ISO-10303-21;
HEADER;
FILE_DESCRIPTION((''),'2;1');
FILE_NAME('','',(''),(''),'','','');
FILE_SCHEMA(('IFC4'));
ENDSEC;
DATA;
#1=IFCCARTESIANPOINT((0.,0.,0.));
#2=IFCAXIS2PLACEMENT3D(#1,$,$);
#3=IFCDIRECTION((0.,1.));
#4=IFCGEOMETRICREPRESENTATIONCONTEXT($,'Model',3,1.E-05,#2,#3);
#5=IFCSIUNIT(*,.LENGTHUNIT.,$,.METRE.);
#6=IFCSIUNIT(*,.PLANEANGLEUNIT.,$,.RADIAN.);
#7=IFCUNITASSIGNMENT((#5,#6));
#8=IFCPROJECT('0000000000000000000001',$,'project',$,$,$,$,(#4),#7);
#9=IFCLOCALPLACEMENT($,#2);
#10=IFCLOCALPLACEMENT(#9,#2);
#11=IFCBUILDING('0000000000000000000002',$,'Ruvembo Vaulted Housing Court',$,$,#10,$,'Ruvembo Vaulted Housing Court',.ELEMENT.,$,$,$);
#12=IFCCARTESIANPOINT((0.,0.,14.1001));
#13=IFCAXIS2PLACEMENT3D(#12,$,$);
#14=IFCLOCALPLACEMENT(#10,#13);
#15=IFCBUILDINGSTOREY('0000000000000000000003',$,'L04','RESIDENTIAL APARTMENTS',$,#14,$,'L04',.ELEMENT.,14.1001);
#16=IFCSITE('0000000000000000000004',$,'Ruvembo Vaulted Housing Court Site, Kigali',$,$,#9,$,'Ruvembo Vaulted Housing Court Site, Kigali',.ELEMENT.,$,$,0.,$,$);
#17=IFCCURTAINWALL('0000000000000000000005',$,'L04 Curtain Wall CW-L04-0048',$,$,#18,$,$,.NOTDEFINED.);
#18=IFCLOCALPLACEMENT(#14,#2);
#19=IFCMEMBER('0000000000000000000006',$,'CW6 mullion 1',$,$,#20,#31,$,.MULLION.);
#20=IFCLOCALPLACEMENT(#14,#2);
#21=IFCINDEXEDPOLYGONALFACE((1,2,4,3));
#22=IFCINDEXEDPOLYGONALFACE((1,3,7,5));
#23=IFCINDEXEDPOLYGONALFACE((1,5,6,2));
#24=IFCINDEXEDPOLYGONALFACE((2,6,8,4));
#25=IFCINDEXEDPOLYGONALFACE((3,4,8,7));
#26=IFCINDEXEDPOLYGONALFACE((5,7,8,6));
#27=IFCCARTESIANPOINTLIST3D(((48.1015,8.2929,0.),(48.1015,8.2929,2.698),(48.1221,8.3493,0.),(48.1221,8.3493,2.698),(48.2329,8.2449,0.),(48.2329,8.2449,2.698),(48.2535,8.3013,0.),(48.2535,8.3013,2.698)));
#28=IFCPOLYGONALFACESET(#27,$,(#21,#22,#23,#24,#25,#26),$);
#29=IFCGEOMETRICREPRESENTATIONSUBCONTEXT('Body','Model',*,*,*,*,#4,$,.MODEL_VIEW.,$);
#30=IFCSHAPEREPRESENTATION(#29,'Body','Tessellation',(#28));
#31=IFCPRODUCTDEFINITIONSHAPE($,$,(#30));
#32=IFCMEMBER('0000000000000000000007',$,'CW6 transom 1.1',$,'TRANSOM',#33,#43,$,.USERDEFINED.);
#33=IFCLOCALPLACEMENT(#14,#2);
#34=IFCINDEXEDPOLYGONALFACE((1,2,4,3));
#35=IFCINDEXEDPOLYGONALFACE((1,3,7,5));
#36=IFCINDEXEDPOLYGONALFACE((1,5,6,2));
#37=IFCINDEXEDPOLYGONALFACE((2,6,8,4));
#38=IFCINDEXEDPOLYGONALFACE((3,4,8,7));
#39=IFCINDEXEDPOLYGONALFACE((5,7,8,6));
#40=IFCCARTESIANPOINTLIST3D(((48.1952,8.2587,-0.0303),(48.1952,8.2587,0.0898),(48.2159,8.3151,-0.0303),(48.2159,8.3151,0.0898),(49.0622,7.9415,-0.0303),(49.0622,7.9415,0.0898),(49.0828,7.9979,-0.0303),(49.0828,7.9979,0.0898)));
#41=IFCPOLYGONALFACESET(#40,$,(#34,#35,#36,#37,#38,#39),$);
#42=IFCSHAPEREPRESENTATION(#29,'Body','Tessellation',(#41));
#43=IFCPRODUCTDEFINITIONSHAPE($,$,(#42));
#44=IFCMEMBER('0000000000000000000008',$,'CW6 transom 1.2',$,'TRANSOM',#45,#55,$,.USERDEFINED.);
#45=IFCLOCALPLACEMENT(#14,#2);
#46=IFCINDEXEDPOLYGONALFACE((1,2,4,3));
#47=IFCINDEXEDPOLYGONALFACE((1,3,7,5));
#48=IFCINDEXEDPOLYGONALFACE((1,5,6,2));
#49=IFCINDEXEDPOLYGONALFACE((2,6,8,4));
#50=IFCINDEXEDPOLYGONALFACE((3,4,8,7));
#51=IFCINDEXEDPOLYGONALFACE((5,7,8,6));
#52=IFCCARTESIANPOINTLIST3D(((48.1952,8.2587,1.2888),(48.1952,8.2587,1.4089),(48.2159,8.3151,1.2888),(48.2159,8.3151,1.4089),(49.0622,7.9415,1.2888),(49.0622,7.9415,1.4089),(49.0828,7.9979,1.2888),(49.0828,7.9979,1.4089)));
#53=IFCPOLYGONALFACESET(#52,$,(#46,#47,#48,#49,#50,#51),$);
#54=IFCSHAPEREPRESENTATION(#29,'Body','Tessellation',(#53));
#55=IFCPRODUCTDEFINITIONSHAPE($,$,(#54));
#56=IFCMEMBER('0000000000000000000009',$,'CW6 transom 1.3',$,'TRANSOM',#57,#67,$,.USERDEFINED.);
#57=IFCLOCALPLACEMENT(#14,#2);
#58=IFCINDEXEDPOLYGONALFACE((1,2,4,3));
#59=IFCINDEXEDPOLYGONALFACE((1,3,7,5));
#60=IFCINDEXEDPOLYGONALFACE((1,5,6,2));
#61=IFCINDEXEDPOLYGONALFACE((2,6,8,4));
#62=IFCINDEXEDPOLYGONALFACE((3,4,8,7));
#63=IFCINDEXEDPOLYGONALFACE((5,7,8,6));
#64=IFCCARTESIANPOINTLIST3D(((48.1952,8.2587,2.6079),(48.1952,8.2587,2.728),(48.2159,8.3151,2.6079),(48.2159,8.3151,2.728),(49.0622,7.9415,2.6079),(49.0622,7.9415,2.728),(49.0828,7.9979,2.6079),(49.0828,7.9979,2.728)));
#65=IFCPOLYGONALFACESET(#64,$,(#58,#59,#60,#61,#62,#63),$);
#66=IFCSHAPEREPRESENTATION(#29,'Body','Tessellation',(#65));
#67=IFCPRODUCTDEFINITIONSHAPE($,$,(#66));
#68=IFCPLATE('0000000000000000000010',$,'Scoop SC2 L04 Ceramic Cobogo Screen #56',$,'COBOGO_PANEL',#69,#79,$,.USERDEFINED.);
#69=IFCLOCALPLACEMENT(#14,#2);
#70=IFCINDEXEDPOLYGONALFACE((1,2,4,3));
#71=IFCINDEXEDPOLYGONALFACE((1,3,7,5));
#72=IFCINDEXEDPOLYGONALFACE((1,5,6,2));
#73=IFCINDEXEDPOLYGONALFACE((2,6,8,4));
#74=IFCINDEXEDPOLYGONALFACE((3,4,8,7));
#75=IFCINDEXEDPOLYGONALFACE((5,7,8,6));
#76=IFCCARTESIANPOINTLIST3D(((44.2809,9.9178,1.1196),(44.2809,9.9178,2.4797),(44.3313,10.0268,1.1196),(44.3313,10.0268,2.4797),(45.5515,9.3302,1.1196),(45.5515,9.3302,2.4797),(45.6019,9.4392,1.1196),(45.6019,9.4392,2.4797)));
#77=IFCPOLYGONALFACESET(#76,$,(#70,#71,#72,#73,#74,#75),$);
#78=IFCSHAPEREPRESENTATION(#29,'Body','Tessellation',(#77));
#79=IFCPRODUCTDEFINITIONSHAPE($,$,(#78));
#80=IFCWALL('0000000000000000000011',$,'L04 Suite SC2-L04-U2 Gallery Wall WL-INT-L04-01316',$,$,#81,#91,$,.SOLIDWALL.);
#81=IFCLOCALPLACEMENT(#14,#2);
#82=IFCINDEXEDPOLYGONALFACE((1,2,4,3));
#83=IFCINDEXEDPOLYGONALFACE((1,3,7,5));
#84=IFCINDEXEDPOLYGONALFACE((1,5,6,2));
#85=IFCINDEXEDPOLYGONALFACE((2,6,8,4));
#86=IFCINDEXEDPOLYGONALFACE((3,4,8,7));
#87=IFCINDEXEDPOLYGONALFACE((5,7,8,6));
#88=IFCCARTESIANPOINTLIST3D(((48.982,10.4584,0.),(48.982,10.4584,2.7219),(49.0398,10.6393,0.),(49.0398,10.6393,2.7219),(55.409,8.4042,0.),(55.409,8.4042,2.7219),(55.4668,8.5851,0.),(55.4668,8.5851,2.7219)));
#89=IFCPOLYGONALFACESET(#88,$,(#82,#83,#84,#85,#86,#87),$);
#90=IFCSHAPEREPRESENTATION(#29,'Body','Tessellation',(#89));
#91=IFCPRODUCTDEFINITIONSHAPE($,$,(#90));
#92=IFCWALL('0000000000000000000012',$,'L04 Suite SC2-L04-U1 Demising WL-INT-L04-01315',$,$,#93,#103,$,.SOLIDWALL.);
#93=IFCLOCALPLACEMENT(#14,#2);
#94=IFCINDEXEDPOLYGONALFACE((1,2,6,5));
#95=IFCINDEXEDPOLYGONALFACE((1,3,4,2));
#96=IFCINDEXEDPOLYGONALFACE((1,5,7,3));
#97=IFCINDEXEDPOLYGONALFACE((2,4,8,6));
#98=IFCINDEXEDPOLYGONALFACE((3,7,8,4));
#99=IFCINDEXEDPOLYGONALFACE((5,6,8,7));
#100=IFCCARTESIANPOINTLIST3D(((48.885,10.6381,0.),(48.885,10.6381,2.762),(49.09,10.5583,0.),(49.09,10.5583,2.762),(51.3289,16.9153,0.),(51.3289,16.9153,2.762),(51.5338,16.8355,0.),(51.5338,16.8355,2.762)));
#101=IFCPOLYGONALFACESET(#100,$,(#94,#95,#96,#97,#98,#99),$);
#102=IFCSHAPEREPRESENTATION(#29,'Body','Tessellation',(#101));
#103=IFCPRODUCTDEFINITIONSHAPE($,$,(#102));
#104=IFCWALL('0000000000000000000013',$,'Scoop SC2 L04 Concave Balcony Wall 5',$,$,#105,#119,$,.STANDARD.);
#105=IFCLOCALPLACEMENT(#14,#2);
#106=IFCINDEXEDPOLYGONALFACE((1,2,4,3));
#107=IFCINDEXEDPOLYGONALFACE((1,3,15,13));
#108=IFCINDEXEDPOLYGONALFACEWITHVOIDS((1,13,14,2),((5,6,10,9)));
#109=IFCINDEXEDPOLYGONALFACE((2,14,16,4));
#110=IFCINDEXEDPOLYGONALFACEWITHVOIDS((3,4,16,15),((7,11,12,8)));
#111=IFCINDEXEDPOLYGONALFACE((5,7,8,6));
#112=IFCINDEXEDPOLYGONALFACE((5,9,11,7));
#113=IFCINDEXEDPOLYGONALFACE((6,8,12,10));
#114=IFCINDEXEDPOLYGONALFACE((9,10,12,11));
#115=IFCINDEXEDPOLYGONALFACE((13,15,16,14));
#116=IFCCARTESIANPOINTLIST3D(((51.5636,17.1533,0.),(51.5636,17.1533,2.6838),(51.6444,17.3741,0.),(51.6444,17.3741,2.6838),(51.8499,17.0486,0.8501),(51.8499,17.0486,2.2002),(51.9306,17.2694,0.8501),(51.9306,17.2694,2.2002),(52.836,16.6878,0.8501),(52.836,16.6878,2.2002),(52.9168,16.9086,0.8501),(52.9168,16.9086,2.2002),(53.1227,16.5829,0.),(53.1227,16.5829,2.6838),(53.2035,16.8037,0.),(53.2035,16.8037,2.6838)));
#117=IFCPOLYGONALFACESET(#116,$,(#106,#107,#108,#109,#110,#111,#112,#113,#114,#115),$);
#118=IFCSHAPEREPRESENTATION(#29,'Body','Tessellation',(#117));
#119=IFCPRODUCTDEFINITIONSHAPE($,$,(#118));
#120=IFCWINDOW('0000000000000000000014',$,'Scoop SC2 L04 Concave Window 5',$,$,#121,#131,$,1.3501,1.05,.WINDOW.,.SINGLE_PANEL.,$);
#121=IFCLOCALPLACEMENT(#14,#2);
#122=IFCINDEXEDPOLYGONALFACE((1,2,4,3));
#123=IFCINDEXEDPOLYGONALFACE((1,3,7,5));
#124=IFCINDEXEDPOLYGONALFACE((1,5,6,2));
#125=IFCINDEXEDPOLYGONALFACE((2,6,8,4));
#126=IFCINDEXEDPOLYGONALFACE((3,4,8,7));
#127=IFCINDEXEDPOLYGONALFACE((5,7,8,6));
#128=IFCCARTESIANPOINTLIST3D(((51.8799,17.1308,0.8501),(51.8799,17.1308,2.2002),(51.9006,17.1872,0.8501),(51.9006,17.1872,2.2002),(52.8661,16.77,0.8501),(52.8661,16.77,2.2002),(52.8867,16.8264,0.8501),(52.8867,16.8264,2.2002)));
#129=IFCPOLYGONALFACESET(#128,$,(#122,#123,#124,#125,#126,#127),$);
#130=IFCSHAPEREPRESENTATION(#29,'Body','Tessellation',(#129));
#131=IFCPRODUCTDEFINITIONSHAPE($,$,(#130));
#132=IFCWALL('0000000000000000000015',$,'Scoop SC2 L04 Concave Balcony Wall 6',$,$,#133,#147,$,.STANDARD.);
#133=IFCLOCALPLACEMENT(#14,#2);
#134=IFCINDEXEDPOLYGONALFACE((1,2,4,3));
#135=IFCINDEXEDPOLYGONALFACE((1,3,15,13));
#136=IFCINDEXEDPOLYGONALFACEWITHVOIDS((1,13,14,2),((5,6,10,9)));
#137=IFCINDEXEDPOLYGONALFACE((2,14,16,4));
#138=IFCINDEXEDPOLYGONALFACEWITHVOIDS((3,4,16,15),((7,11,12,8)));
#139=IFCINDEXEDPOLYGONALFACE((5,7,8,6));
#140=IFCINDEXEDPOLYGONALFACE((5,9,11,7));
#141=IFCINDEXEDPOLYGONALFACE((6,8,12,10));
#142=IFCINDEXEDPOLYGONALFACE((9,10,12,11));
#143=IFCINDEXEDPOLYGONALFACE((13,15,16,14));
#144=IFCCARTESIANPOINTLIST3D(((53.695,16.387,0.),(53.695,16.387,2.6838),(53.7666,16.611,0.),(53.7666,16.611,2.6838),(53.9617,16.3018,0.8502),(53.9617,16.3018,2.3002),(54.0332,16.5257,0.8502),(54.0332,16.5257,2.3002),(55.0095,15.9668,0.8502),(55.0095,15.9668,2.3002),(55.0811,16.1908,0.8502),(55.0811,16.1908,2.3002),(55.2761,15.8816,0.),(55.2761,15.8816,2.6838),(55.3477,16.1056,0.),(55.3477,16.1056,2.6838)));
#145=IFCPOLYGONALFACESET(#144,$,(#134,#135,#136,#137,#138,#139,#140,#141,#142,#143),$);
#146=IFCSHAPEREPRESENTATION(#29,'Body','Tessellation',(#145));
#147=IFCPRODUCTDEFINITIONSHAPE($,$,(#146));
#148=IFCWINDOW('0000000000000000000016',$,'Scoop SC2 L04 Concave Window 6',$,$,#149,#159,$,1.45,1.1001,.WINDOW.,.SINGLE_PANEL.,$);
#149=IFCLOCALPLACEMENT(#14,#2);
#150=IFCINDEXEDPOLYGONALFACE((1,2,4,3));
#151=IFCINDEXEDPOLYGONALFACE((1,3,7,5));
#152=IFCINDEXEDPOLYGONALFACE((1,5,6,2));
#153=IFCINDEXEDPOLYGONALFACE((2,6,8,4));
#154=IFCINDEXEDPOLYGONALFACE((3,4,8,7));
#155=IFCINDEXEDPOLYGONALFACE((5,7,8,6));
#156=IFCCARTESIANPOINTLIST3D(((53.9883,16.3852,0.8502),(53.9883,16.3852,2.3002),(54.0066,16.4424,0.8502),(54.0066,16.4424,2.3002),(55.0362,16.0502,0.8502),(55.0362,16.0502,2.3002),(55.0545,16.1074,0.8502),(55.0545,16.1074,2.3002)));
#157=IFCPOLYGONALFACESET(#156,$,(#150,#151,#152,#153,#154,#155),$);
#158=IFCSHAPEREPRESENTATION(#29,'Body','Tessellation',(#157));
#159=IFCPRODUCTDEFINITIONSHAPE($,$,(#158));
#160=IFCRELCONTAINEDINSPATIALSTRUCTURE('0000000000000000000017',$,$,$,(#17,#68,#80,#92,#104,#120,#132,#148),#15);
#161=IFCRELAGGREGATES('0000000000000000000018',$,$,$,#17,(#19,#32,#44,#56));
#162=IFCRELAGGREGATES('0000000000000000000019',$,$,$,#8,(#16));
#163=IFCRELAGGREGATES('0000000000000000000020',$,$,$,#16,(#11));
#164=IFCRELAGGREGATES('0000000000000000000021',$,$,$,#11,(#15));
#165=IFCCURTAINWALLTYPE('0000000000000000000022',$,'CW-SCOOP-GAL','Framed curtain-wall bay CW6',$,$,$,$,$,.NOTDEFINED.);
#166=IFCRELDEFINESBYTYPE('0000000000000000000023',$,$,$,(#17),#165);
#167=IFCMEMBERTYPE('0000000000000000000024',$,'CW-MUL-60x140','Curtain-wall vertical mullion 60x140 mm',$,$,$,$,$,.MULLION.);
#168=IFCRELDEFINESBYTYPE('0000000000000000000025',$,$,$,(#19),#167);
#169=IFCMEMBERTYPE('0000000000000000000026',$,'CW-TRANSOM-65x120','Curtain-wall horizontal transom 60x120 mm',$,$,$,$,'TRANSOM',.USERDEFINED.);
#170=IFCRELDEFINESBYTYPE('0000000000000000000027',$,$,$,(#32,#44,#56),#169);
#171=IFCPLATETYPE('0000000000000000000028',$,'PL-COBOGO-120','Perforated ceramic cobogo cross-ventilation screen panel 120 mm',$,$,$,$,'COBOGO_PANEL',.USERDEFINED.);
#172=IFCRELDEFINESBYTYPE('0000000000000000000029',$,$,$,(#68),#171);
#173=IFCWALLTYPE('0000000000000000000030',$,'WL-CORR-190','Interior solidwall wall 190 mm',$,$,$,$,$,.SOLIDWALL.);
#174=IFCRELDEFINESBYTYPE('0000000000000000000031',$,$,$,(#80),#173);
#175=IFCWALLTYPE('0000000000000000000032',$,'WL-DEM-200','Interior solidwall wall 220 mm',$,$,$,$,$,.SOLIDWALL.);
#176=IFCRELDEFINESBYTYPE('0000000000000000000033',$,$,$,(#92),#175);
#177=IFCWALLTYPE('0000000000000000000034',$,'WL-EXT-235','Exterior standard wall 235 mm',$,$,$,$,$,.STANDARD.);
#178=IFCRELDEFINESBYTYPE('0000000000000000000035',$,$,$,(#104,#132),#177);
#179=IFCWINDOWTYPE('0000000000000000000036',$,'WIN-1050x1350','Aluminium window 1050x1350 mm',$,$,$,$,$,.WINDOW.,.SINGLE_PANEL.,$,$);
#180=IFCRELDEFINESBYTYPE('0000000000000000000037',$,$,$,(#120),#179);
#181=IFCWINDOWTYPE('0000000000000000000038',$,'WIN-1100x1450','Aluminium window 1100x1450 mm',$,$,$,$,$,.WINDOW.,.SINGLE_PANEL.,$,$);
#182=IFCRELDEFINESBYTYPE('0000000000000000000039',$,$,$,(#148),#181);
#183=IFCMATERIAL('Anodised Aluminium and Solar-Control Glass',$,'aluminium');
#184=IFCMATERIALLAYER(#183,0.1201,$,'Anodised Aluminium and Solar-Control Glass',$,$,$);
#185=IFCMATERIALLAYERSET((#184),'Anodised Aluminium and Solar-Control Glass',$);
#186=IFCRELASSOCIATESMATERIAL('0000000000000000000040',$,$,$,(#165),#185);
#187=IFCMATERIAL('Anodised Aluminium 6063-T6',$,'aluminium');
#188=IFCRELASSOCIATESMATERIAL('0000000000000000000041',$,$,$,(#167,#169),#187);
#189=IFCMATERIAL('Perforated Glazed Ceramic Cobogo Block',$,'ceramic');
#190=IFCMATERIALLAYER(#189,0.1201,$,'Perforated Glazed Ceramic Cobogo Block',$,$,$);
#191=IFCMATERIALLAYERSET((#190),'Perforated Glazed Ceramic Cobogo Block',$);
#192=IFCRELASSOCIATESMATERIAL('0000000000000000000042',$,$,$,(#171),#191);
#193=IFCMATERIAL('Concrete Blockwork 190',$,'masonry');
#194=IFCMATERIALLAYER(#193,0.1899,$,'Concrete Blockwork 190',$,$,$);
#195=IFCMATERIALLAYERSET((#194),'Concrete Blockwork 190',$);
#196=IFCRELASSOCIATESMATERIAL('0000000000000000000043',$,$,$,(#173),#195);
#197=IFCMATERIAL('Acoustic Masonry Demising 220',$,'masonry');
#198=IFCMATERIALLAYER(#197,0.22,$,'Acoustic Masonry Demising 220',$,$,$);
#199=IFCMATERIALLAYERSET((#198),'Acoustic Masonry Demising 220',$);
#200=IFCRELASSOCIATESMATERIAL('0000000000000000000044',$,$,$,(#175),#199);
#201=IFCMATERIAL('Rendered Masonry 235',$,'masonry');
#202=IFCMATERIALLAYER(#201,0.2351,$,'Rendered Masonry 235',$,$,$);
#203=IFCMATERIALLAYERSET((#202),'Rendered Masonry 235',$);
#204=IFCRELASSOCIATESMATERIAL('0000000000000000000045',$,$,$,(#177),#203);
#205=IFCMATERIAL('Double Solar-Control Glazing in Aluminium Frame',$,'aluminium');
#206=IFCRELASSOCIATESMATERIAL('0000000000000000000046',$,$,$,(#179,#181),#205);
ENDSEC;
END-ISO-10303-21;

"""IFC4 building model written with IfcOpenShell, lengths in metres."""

from ifc_helpers import new_model, si_unit, direction, frame, frame_2d, origin, origin_2d, place, context, subcontext, project, spatial, rectangle, extrude, material, layer, layer_set, material_profile, profile_set, type_object, element, fill, aggregate, save


model = new_model("IFC4")

# Units and contexts
model_context = context("Model", 3, precision=1e-05, world=origin(), true_north=direction((0.0, 1.0)))
body_context = subcontext(model_context, "Body", "Model", "MODEL_VIEW")
ifc_project = project(units=[si_unit("LENGTHUNIT", "METRE"), si_unit("PLANEANGLEUNIT", "RADIAN")], contexts=[model_context])

# Site, building, storey
site_placement = place(None, origin())
site = spatial("IfcSite", under=ifc_project, at=site_placement, Name="Ruvembo Vaulted Housing Court Site, Kigali", LongName="Ruvembo Vaulted Housing Court Site, Kigali", CompositionType="ELEMENT", RefElevation=0.0)
building_placement = place(site_placement, origin())
building = spatial("IfcBuilding", under=site, at=building_placement, Name="Ruvembo Vaulted Housing Court", LongName="Ruvembo Vaulted Housing Court", CompositionType="ELEMENT")
storey_placement = place(building_placement, frame((0.0, 0.0, 14.1001)))
storey = spatial("IfcBuildingStorey", under=building, at=storey_placement, Name="L04", Description="RESIDENTIAL APARTMENTS", LongName="L04", CompositionType="ELEMENT", Elevation=14.1001)

# Curtain wall, members
ifc_material_1 = material(Name="Anodised Aluminium and Solar-Control Glass", Category="aluminium")
ifc_layer_1 = layer(ifc_material_1, 0.1201, Name="Anodised Aluminium and Solar-Control Glass")
ifc_layer_set_1 = layer_set([ifc_layer_1], Name="Anodised Aluminium and Solar-Control Glass")
curtain_wall_type = type_object("IfcCurtainWallType", Name="CW-SCOOP-GAL", Description="Framed curtain-wall bay CW6", PredefinedType="NOTDEFINED", material=ifc_layer_set_1)
curtain_wall_placement = place(storey_placement, origin())
curtain_wall = element("IfcCurtainWall", 1, at=curtain_wall_placement, inside=storey, type_object=curtain_wall_type, Name="L04 Curtain Wall CW-L04-0048", PredefinedType="NOTDEFINED")
ifc_material_2 = material(Name="Anodised Aluminium 6063-T6", Category="aluminium")
ifc_material_profile_1 = material_profile(ifc_material_2, rectangle(XDim=0.0601, YDim=0.1399, at=origin_2d()), Name="ALU 60x140")
ifc_profile_set_1 = profile_set([ifc_material_profile_1], Name="Anodised Aluminium 6063-T6")
member_type_1 = type_object("IfcMemberType", Name="CW-MUL-60x140", Description="Curtain-wall vertical mullion 60x140 mm", PredefinedType="MULLION", material=ifc_profile_set_1)
member_1_placement = place(storey_placement, frame((48.1775, 8.2971, 0.0), z_axis=(0.0, 0.0, 1.0), x_axis=(0.34349, 0.939156, 0.0)))
member_1 = element("IfcMember", 2, at=member_1_placement, type_object=member_type_1, Name="CW6 mullion 1", PredefinedType="MULLION", context=body_context, shape_type="SweptSolid", body=[
    extrude(rectangle(XDim=0.0601, YDim=0.1399, at=origin_2d()), origin(), (0.0, 0.0, 1.0), 2.698),
])
ifc_material_profile_2 = material_profile(ifc_material_2, rectangle(XDim=0.0601, YDim=0.1201, at=origin_2d()), Name="ALU 60x120")
ifc_profile_set_2 = profile_set([ifc_material_profile_2], Name="Anodised Aluminium 6063-T6")
member_type_2 = type_object("IfcMemberType", Name="CW-TRANSOM-65x120", Description="Curtain-wall horizontal transom 60x120 mm", ElementType="TRANSOM", PredefinedType="USERDEFINED", material=ifc_profile_set_2)
member_2_placement = place(storey_placement, frame((48.2056, 8.2869, 0.0298), z_axis=(0.939135, -0.343547, 0.0), x_axis=(0.343547, 0.939135, 0.0)))
member_2 = element("IfcMember", 3, at=member_2_placement, type_object=member_type_2, Name="CW6 transom 1.1", ObjectType="TRANSOM", PredefinedType="USERDEFINED", context=body_context, shape_type="SweptSolid", body=[
    extrude(rectangle(XDim=0.0601, YDim=0.1201, at=origin_2d()), origin(), (0.0, 0.0, 1.0), 0.9231),
])
member_3_placement = place(storey_placement, frame((48.2056, 8.2869, 1.3489), z_axis=(0.939135, -0.343547, 0.0), x_axis=(0.343547, 0.939135, 0.0)))
member_3 = element("IfcMember", 4, at=member_3_placement, type_object=member_type_2, Name="CW6 transom 1.2", ObjectType="TRANSOM", PredefinedType="USERDEFINED", context=body_context, shape_type="SweptSolid", body=[
    extrude(rectangle(XDim=0.0601, YDim=0.1201, at=origin_2d()), origin(), (0.0, 0.0, 1.0), 0.9231),
])
member_4_placement = place(storey_placement, frame((48.2056, 8.2869, 2.668), z_axis=(0.939135, -0.343547, 0.0), x_axis=(0.343547, 0.939135, 0.0)))
member_4 = element("IfcMember", 5, at=member_4_placement, type_object=member_type_2, Name="CW6 transom 1.3", ObjectType="TRANSOM", PredefinedType="USERDEFINED", context=body_context, shape_type="SweptSolid", body=[
    extrude(rectangle(XDim=0.0601, YDim=0.1201, at=origin_2d()), origin(), (0.0, 0.0, 1.0), 0.9231),
])
aggregate(curtain_wall, [member_1, member_2, member_3, member_4])

# Plate
ifc_material_3 = material(Name="Perforated Glazed Ceramic Cobogo Block", Category="ceramic")
ifc_layer_2 = layer(ifc_material_3, 0.1201, Name="Perforated Glazed Ceramic Cobogo Block")
ifc_layer_set_2 = layer_set([ifc_layer_2], Name="Perforated Glazed Ceramic Cobogo Block")
plate_type = type_object("IfcPlateType", Name="PL-COBOGO-120", Description="Perforated ceramic cobogo cross-ventilation screen panel 120 mm", ElementType="COBOGO_PANEL", PredefinedType="USERDEFINED", material=ifc_layer_set_2)
plate_placement = place(storey_placement, frame((44.9414, 9.6785, 1.1196), z_axis=(0.0, 0.0, 1.0), x_axis=(0.907646, -0.419737, 0.0)))
element("IfcPlate", 6, at=plate_placement, inside=storey, type_object=plate_type, Name="Scoop SC2 L04 Ceramic Cobogo Screen #56", ObjectType="COBOGO_PANEL", PredefinedType="USERDEFINED", context=body_context, shape_type="SweptSolid", body=[
    extrude(rectangle(XDim=1.3999, YDim=0.1201, at=origin_2d()), origin(), (0.0, 0.0, 1.0), 1.3601),
])

# Shared definitions
ifc_material_4 = material(Name="Concrete Blockwork 190", Category="masonry")
ifc_layer_3 = layer(ifc_material_4, 0.1899, Name="Concrete Blockwork 190")
ifc_layer_set_3 = layer_set([ifc_layer_3], Name="Concrete Blockwork 190")
wall_type_1 = type_object("IfcWallType", Name="WL-CORR-190", Description="Interior solidwall wall 190 mm", PredefinedType="SOLIDWALL", material=ifc_layer_set_3)

# Walls
wall_1_placement = place(storey_placement, frame((49.011, 10.5488, 0.0), z_axis=(0.0, 0.0, 1.0), x_axis=(0.952529, -0.304447, 0.0)))
element("IfcWall", 7, at=wall_1_placement, inside=storey, type_object=wall_type_1, Name="L04 Suite SC2-L04-U2 Gallery Wall WL-INT-L04-01316", PredefinedType="SOLIDWALL", context=body_context, shape_type="SweptSolid", body=[
    extrude(rectangle(XDim=6.7473, YDim=0.1899, at=frame_2d((3.3735, 0.0))), origin(), (0.0, 0.0, 1.0), 2.7219),
])
ifc_material_5 = material(Name="Acoustic Masonry Demising 220", Category="masonry")
ifc_layer_4 = layer(ifc_material_5, 0.22, Name="Acoustic Masonry Demising 220")
ifc_layer_set_4 = layer_set([ifc_layer_4], Name="Acoustic Masonry Demising 220")
wall_type_2 = type_object("IfcWallType", Name="WL-DEM-200", Description="Interior solidwall wall 220 mm", PredefinedType="SOLIDWALL", material=ifc_layer_set_4)
wall_2_placement = place(storey_placement, frame((51.4314, 16.8755, 0.0), z_axis=(0.0, 0.0, 1.0), x_axis=(-0.362801, -0.931867, 0.0)))
element("IfcWall", 8, at=wall_2_placement, inside=storey, type_object=wall_type_2, Name="L04 Suite SC2-L04-U1 Demising WL-INT-L04-01315", PredefinedType="SOLIDWALL", context=body_context, shape_type="SweptSolid", body=[
    extrude(rectangle(XDim=6.7361, YDim=0.22, at=frame_2d((3.3682, 0.0))), origin(), (0.0, 0.0, 1.0), 2.762),
])

# Walls, openings, windows
ifc_material_6 = material(Name="Rendered Masonry 235", Category="masonry")
ifc_layer_5 = layer(ifc_material_6, 0.2351, Name="Rendered Masonry 235")
ifc_layer_set_5 = layer_set([ifc_layer_5], Name="Rendered Masonry 235")
wall_type_3 = type_object("IfcWallType", Name="WL-EXT-235", Description="Exterior standard wall 235 mm", PredefinedType="STANDARD", material=ifc_layer_set_5)
wall_3_placement = place(storey_placement, frame((51.604, 17.2637, 0.0), z_axis=(0.0, 0.0, 1.0), x_axis=(0.939139, -0.343537, 0.0)))
wall_3 = element("IfcWall", 9, at=wall_3_placement, inside=storey, type_object=wall_type_3, Name="Scoop SC2 L04 Concave Balcony Wall 5", PredefinedType="STANDARD", context=body_context, shape_type="SweptSolid", body=[
    extrude(rectangle(XDim=1.6602, YDim=0.2351, at=frame_2d((0.8301, 0.0))), origin(), (0.0, 0.0, 1.0), 2.6838),
])
opening_1_placement = place(wall_3_placement, frame((0.3049, 0.0, 0.8501)))
opening_1 = element("IfcOpeningElement", 10, at=opening_1_placement, cuts=wall_3, PredefinedType="OPENING", context=body_context, shape_type="SweptSolid", body=[
    extrude(rectangle(XDim=1.05, YDim=1.3501, at=frame_2d((0.5249, 0.675))), frame((0.0, 0.1274, 0.0), z_axis=(0.0, -1.0, 0.0), x_axis=(1.0, 0.0, 0.0)), (0.0, 0.0, 1.0), 0.2551),
])
ifc_material_7 = material(Name="Double Solar-Control Glazing in Aluminium Frame", Category="aluminium")
window_type_1 = type_object("IfcWindowType", Name="WIN-1050x1350", Description="Aluminium window 1050x1350 mm", PartitioningType="SINGLE_PANEL", PredefinedType="WINDOW", material=ifc_material_7)
window_1_placement = place(opening_1_placement, origin())
window_1 = element("IfcWindow", 11, at=window_1_placement, inside=storey, type_object=window_type_1, Name="Scoop SC2 L04 Concave Window 5", OverallHeight=1.3501, OverallWidth=1.05, PartitioningType="SINGLE_PANEL", PredefinedType="WINDOW", context=body_context, shape_type="SweptSolid", body=[
    extrude(rectangle(XDim=1.05, YDim=1.3501, at=frame_2d((0.5249, 0.675))), frame((0.0, 0.03, 0.0), z_axis=(0.0, -1.0, 0.0), x_axis=(1.0, 0.0, 0.0)), (0.0, 0.0, 1.0), 0.0601),
])
fill(opening_1, window_1)
wall_4_placement = place(storey_placement, frame((53.7307, 16.499, 0.0), z_axis=(0.0, 0.0, 1.0), x_axis=(0.952523, -0.304466, 0.0)))
wall_4 = element("IfcWall", 12, at=wall_4_placement, inside=storey, type_object=wall_type_3, Name="Scoop SC2 L04 Concave Balcony Wall 6", PredefinedType="STANDARD", context=body_context, shape_type="SweptSolid", body=[
    extrude(rectangle(XDim=1.6599, YDim=0.2351, at=frame_2d((0.8301, 0.0))), origin(), (0.0, 0.0, 1.0), 2.6838),
])
opening_2_placement = place(wall_4_placement, frame((0.28, 0.0, 0.8501)))
opening_2 = element("IfcOpeningElement", 13, at=opening_2_placement, cuts=wall_4, PredefinedType="OPENING", context=body_context, shape_type="SweptSolid", body=[
    extrude(rectangle(XDim=1.1001, YDim=1.45, at=frame_2d((0.55, 0.7251))), frame((0.0, 0.1274, 0.0), z_axis=(0.0, -1.0, 0.0), x_axis=(1.0, 0.0, 0.0)), (0.0, 0.0, 1.0), 0.2551),
])
window_type_2 = type_object("IfcWindowType", Name="WIN-1100x1450", Description="Aluminium window 1100x1450 mm", PartitioningType="SINGLE_PANEL", PredefinedType="WINDOW", material=ifc_material_7)
window_2_placement = place(opening_2_placement, origin())
window_2 = element("IfcWindow", 14, at=window_2_placement, inside=storey, type_object=window_type_2, Name="Scoop SC2 L04 Concave Window 6", OverallHeight=1.45, OverallWidth=1.1001, PartitioningType="SINGLE_PANEL", PredefinedType="WINDOW", context=body_context, shape_type="SweptSolid", body=[
    extrude(rectangle(XDim=1.1001, YDim=1.45, at=frame_2d((0.55, 0.7251))), frame((0.0, 0.03, 0.0), z_axis=(0.0, -1.0, 0.0), x_axis=(1.0, 0.0, 0.0)), (0.0, 0.0, 1.0), 0.0601),
])
fill(opening_2, window_2)

save(model, "model.ifc")
